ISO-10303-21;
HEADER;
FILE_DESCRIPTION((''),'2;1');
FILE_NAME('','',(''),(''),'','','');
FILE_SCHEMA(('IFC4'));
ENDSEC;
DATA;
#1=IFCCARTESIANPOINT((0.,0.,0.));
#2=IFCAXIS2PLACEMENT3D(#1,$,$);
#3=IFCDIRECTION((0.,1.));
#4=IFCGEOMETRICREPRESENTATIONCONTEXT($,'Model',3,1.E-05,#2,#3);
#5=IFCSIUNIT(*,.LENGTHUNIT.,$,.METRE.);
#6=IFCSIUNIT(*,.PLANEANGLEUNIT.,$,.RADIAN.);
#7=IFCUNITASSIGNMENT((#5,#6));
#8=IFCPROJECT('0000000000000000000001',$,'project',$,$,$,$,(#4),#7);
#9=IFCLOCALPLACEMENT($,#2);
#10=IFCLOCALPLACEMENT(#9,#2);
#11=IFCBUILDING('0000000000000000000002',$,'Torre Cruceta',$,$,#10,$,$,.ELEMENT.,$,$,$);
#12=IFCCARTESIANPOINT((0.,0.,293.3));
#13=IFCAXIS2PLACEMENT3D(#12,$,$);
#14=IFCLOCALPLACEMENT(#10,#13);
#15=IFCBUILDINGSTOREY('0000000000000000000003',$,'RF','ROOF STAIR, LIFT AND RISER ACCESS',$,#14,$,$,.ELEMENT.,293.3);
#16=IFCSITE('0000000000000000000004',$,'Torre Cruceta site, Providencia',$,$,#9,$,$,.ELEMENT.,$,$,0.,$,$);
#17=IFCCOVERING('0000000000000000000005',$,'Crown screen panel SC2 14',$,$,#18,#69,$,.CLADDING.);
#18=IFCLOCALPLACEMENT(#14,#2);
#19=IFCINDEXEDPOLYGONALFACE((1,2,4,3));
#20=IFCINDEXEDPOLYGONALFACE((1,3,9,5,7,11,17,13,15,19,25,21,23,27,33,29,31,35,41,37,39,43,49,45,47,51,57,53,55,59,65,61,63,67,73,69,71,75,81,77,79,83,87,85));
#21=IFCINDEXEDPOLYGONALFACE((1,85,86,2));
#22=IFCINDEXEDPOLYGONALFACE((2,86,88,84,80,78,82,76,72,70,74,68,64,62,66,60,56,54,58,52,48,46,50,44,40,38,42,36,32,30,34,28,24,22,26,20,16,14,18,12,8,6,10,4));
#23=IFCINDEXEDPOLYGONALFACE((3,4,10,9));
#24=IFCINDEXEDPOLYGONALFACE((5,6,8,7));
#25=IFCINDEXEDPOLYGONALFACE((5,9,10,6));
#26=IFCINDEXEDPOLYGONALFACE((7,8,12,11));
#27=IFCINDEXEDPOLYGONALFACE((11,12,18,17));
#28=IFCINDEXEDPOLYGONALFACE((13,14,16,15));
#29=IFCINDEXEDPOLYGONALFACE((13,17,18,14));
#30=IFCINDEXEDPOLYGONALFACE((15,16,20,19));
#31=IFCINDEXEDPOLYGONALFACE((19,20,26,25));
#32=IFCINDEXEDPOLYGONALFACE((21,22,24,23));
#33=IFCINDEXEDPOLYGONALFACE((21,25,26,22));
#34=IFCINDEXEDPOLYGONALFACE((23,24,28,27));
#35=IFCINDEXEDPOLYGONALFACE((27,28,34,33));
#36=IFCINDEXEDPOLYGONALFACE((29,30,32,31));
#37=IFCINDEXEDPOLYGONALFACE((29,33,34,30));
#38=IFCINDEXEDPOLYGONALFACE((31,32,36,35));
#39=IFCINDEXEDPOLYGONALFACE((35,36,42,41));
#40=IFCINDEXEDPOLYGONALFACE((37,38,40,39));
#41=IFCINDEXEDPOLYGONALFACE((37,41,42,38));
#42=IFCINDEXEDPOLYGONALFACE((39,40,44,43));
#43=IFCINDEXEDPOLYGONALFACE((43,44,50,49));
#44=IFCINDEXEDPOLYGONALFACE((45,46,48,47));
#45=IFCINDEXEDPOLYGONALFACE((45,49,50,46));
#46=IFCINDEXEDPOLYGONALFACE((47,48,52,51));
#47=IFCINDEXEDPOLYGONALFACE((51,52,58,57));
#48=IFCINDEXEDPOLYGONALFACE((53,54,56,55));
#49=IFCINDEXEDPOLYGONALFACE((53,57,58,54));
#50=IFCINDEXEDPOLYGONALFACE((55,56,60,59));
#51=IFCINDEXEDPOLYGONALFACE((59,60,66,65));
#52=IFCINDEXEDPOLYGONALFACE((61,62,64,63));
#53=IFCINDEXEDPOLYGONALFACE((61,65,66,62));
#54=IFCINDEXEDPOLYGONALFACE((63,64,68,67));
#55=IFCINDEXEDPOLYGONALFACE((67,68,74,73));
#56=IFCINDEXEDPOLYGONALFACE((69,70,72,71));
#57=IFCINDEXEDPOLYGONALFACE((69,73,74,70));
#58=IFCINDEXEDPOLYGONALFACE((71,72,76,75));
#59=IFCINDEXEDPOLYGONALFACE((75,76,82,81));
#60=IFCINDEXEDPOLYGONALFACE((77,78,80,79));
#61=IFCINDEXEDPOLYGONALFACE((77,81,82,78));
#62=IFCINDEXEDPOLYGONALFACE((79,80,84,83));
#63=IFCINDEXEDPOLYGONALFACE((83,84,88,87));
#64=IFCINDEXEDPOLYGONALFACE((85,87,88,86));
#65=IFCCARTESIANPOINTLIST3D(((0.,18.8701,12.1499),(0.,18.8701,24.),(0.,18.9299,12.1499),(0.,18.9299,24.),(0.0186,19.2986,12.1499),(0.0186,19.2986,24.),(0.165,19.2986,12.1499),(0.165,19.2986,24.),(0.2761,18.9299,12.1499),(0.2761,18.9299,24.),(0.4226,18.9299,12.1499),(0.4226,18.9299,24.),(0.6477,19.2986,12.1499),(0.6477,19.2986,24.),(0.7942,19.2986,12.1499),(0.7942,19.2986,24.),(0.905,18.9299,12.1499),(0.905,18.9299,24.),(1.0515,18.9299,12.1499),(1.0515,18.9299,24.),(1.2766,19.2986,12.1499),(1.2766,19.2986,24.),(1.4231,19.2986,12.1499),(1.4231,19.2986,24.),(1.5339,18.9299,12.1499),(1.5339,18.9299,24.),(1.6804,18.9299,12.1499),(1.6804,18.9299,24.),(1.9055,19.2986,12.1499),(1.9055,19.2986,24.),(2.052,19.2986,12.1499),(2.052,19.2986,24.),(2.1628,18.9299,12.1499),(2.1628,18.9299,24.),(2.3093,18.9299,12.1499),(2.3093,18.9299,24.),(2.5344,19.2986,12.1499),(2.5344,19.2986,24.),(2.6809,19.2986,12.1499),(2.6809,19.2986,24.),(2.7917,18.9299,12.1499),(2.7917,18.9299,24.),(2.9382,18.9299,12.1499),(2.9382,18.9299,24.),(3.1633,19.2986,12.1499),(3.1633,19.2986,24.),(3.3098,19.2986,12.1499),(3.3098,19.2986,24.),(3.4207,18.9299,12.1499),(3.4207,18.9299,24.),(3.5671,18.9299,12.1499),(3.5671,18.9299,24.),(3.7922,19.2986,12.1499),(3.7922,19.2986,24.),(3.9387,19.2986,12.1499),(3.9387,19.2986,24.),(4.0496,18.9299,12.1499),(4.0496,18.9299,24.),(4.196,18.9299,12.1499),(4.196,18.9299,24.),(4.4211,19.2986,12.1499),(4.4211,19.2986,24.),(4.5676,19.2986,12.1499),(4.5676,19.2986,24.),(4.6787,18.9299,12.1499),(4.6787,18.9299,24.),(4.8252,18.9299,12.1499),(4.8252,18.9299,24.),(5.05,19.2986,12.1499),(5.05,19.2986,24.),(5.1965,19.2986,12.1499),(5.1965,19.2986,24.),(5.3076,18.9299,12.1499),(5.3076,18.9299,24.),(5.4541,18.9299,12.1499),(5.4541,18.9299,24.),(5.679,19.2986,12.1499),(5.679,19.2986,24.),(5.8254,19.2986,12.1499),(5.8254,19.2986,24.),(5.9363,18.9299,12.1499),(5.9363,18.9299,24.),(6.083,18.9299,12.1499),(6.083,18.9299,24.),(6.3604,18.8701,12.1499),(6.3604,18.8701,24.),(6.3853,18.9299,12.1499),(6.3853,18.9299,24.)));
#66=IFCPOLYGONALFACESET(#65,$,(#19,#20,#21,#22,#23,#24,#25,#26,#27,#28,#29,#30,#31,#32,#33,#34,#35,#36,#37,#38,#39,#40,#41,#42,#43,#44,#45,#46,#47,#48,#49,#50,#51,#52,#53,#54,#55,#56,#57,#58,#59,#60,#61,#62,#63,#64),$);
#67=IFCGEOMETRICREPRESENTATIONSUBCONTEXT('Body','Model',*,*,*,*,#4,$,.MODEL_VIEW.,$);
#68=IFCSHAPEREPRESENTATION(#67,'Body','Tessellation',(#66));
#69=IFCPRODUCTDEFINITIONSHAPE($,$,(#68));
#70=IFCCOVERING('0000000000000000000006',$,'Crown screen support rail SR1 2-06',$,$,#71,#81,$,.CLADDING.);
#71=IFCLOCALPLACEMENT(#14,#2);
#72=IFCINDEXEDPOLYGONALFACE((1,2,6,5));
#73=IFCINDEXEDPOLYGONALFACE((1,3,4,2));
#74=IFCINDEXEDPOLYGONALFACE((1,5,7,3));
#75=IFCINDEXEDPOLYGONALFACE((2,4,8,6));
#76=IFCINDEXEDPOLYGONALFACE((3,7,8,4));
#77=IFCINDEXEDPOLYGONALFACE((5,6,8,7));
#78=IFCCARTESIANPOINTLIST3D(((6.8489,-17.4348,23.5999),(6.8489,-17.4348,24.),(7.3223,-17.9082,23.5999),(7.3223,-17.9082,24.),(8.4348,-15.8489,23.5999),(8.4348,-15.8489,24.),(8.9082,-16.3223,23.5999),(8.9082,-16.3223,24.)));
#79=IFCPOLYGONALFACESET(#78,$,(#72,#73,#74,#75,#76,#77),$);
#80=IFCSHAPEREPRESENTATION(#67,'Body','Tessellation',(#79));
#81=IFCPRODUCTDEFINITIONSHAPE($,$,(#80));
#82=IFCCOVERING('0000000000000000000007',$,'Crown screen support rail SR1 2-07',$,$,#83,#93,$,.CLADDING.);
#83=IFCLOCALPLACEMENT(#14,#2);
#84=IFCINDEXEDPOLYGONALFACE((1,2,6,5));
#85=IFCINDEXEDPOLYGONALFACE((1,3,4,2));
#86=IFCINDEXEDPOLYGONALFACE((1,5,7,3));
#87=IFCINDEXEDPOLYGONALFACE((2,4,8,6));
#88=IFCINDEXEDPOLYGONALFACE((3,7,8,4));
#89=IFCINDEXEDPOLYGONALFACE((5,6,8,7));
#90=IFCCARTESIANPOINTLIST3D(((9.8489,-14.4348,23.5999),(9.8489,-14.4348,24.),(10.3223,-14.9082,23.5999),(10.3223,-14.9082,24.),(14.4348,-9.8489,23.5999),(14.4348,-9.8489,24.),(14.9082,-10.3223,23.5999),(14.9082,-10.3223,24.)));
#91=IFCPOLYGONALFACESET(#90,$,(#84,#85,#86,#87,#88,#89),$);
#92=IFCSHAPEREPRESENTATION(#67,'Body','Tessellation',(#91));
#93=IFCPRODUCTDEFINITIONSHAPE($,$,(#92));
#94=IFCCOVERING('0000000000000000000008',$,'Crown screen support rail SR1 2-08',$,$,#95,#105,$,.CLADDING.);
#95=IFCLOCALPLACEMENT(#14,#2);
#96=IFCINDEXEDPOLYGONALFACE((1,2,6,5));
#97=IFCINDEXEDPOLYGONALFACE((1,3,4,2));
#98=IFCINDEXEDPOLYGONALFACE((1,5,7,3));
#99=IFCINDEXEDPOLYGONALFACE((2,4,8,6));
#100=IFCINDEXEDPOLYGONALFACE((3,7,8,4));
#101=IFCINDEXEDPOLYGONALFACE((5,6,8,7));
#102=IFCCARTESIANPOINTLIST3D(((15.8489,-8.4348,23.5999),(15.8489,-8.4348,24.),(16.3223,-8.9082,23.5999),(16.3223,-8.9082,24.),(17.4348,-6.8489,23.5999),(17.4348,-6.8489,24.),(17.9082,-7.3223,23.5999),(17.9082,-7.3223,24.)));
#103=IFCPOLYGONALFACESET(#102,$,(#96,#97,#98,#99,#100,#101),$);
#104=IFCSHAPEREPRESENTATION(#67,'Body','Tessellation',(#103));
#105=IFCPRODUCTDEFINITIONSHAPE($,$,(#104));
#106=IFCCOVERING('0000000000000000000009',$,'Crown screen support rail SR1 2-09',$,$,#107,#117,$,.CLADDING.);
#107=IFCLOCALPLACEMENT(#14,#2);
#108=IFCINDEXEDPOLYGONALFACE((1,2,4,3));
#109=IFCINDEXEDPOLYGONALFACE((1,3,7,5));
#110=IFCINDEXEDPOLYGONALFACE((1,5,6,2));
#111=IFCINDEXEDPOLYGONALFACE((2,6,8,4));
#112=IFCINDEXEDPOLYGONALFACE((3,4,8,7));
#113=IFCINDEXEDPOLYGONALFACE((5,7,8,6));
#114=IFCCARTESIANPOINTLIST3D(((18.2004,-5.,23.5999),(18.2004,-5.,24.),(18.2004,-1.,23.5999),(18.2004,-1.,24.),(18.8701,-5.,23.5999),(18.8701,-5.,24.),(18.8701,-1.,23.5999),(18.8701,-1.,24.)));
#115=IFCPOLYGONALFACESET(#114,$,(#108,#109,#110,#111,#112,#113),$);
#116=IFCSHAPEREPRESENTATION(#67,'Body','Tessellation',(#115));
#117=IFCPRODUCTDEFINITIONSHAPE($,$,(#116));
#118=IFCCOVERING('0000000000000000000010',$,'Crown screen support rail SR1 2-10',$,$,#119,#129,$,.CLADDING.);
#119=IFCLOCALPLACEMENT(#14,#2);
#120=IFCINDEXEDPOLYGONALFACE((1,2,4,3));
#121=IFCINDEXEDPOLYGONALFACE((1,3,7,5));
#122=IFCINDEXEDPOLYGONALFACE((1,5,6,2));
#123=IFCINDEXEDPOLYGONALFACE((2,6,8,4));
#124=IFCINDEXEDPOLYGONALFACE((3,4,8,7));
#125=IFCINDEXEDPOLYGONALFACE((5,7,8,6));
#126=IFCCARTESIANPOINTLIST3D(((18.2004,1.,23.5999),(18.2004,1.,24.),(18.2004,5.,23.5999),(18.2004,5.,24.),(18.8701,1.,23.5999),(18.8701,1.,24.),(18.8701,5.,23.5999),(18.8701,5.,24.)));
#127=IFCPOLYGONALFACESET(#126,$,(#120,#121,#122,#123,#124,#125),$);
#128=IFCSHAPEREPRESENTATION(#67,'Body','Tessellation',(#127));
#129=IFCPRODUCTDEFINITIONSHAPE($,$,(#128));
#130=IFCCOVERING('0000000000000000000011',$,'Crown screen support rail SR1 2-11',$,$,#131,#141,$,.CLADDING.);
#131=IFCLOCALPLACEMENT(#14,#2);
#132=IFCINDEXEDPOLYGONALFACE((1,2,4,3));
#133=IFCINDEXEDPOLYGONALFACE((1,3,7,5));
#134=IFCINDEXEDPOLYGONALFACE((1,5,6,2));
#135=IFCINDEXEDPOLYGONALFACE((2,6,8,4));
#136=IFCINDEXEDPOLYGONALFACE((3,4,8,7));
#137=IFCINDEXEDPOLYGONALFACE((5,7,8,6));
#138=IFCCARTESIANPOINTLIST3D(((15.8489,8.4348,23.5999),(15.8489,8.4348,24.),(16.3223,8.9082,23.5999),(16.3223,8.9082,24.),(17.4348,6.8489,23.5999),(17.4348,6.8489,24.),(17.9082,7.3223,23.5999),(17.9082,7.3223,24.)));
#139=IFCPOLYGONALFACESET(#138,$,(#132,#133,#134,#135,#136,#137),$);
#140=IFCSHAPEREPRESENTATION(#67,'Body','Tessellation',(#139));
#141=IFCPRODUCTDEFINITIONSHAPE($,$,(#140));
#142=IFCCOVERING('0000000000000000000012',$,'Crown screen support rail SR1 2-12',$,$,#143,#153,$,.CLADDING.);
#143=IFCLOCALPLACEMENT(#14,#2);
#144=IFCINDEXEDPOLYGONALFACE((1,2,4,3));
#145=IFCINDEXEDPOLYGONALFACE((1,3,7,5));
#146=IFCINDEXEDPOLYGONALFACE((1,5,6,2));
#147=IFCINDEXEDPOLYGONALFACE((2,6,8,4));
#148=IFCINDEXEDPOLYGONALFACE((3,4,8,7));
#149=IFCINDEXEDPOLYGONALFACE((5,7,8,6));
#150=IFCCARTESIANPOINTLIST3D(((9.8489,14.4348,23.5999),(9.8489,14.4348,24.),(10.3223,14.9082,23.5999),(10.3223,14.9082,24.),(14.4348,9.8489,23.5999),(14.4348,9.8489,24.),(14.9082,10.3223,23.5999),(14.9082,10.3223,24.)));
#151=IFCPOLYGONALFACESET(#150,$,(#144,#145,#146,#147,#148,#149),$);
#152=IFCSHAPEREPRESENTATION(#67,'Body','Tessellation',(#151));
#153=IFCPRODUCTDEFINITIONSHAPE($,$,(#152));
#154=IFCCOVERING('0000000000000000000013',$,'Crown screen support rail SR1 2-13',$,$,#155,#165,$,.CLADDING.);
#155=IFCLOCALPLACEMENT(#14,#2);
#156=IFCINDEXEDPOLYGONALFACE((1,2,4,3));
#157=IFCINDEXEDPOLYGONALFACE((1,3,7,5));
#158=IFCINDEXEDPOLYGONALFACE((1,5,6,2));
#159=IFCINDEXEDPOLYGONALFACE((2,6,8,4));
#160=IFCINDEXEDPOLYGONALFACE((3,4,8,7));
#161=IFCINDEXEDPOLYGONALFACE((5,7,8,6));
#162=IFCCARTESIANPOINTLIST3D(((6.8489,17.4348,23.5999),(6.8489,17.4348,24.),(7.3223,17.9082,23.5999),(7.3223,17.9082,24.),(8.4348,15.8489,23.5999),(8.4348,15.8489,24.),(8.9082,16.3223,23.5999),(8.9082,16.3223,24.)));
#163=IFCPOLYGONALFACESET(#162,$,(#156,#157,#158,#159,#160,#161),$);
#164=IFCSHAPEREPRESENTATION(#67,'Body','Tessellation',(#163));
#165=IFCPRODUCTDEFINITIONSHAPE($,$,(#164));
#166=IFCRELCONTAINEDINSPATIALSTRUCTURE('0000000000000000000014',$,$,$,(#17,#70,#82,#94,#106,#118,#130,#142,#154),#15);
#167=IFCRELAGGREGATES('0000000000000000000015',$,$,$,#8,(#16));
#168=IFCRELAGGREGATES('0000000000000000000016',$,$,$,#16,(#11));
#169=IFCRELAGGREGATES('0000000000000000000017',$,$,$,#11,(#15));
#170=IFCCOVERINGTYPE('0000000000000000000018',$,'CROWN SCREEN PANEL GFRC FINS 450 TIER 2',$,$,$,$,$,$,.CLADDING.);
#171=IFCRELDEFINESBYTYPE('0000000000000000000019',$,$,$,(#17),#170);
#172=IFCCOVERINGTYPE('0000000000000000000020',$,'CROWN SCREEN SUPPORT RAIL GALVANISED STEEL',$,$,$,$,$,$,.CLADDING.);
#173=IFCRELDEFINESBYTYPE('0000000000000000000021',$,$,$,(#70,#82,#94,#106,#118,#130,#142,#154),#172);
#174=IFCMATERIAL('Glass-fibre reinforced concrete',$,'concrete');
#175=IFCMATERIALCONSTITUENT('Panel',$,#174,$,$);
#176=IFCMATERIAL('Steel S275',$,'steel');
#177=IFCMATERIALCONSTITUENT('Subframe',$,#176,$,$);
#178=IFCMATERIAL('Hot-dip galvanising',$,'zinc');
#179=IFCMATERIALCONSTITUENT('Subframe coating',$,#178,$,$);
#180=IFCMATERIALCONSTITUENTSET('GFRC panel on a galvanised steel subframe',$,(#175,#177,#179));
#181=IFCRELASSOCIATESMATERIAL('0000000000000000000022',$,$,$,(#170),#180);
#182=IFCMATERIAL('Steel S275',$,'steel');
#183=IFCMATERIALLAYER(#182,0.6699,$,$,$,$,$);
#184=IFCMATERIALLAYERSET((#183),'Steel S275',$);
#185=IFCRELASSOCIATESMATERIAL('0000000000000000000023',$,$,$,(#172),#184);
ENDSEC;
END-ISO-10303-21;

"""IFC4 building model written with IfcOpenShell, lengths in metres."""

from ifc_helpers import new_model, si_unit, direction, frame, origin, place, context, subcontext, project, spatial, polyline, outline, extrude, material, layer, layer_set, constituent, constituent_set, type_object, element, save


model = new_model("IFC4")

# Units and contexts
model_context = context("Model", 3, precision=1e-05, world=origin(), true_north=direction((0.0, 1.0)))
body_context = subcontext(model_context, "Body", "Model", "MODEL_VIEW")
ifc_project = project(units=[si_unit("LENGTHUNIT", "METRE"), si_unit("PLANEANGLEUNIT", "RADIAN")], contexts=[model_context])

# Site, building, storey
site_placement = place(None, origin())
site = spatial("IfcSite", under=ifc_project, at=site_placement, Name="Torre Cruceta site, Providencia", CompositionType="ELEMENT", RefElevation=0.0)
building_placement = place(site_placement, origin())
building = spatial("IfcBuilding", under=site, at=building_placement, Name="Torre Cruceta", CompositionType="ELEMENT")
storey_placement = place(building_placement, frame((0.0, 0.0, 293.3)))
storey = spatial("IfcBuildingStorey", under=building, at=storey_placement, Name="RF", Description="ROOF STAIR, LIFT AND RISER ACCESS", CompositionType="ELEMENT", Elevation=293.3)

# Coverings
ifc_material_1 = material(Name="Glass-fibre reinforced concrete", Category="concrete")
ifc_constituent_1 = constituent(ifc_material_1, Name="Panel")
ifc_material_2 = material(Name="Steel S275", Category="steel")
ifc_constituent_2 = constituent(ifc_material_2, Name="Subframe")
ifc_material_3 = material(Name="Hot-dip galvanising", Category="zinc")
ifc_constituent_3 = constituent(ifc_material_3, Name="Subframe coating")
ifc_constituent_set_1 = constituent_set(constituents=[ifc_constituent_1, ifc_constituent_2, ifc_constituent_3], Name="GFRC panel on a galvanised steel subframe")
covering_type_1 = type_object("IfcCoveringType", Name="CROWN SCREEN PANEL GFRC FINS 450 TIER 2", PredefinedType="CLADDING", material=ifc_constituent_set_1)
covering_1_placement = place(storey_placement, frame((0.0, 0.0, 12.1499)))
element("IfcCovering", 1, at=covering_1_placement, inside=storey, type_object=covering_type_1, Name="Crown screen panel SC2 14", PredefinedType="CLADDING", context=body_context, shape_type="SweptSolid", body=[
    extrude(outline(polyline([(0.0, 18.9299), (0.0, 18.8701), (6.3604, 18.8701), (6.3853, 18.9299), (6.083, 18.9299), (5.8254, 19.2986), (5.679, 19.2986), (5.9363, 18.9299), (5.4541, 18.9299), (5.1965, 19.2986), (5.05, 19.2986), (5.3076, 18.9299), (4.8252, 18.9299), (4.5676, 19.2986), (4.4211, 19.2986), (4.6787, 18.9299), (4.196, 18.9299), (3.9387, 19.2986), (3.7922, 19.2986), (4.0496, 18.9299), (3.5671, 18.9299), (3.3098, 19.2986), (3.1633, 19.2986), (3.4207, 18.9299), (2.9382, 18.9299), (2.6809, 19.2986), (2.5344, 19.2986), (2.7917, 18.9299), (2.3093, 18.9299), (2.052, 19.2986), (1.9055, 19.2986), (2.1628, 18.9299), (1.6804, 18.9299), (1.4231, 19.2986), (1.2766, 19.2986), (1.5339, 18.9299), (1.0515, 18.9299), (0.7942, 19.2986), (0.6477, 19.2986), (0.905, 18.9299), (0.4226, 18.9299), (0.165, 19.2986), (0.0186, 19.2986), (0.2761, 18.9299), (0.0, 18.9299)])), origin(), (0.0, 0.0, 1.0), 11.8501),
])
ifc_material_4 = material(Name="Steel S275", Category="steel")
ifc_layer = layer(ifc_material_4, 0.6699)
ifc_layer_set = layer_set([ifc_layer], Name="Steel S275")
covering_type_2 = type_object("IfcCoveringType", Name="CROWN SCREEN SUPPORT RAIL GALVANISED STEEL", PredefinedType="CLADDING", material=ifc_layer_set)
covering_2_placement = place(storey_placement, frame((0.0, 0.0, 23.5999)))
element("IfcCovering", 2, at=covering_2_placement, inside=storey, type_object=covering_type_2, Name="Crown screen support rail SR1 2-06", PredefinedType="CLADDING", context=body_context, shape_type="SweptSolid", body=[
    extrude(outline(polyline([(7.3223, -17.9082), (8.9082, -16.3223), (8.4348, -15.8489), (6.8489, -17.4348), (7.3223, -17.9082)])), origin(), (0.0, 0.0, 1.0), 0.4001),
])
covering_3_placement = place(storey_placement, frame((0.0, 0.0, 23.5999)))
element("IfcCovering", 3, at=covering_3_placement, inside=storey, type_object=covering_type_2, Name="Crown screen support rail SR1 2-07", PredefinedType="CLADDING", context=body_context, shape_type="SweptSolid", body=[
    extrude(outline(polyline([(10.3223, -14.9082), (14.9082, -10.3223), (14.4348, -9.8489), (9.8489, -14.4348), (10.3223, -14.9082)])), origin(), (0.0, 0.0, 1.0), 0.4001),
])
covering_4_placement = place(storey_placement, frame((0.0, 0.0, 23.5999)))
element("IfcCovering", 4, at=covering_4_placement, inside=storey, type_object=covering_type_2, Name="Crown screen support rail SR1 2-08", PredefinedType="CLADDING", context=body_context, shape_type="SweptSolid", body=[
    extrude(outline(polyline([(16.3223, -8.9082), (17.9082, -7.3223), (17.4348, -6.8489), (15.8489, -8.4348), (16.3223, -8.9082)])), origin(), (0.0, 0.0, 1.0), 0.4001),
])
covering_5_placement = place(storey_placement, frame((0.0, 0.0, 23.5999)))
element("IfcCovering", 5, at=covering_5_placement, inside=storey, type_object=covering_type_2, Name="Crown screen support rail SR1 2-09", PredefinedType="CLADDING", context=body_context, shape_type="SweptSolid", body=[
    extrude(outline(polyline([(18.8701, -5.0), (18.8701, -1.0), (18.2004, -1.0), (18.2004, -5.0), (18.8701, -5.0)])), origin(), (0.0, 0.0, 1.0), 0.4001),
])
covering_6_placement = place(storey_placement, frame((0.0, 0.0, 23.5999)))
element("IfcCovering", 6, at=covering_6_placement, inside=storey, type_object=covering_type_2, Name="Crown screen support rail SR1 2-10", PredefinedType="CLADDING", context=body_context, shape_type="SweptSolid", body=[
    extrude(outline(polyline([(18.8701, 1.0), (18.8701, 5.0), (18.2004, 5.0), (18.2004, 1.0), (18.8701, 1.0)])), origin(), (0.0, 0.0, 1.0), 0.4001),
])
covering_7_placement = place(storey_placement, frame((0.0, 0.0, 23.5999)))
element("IfcCovering", 7, at=covering_7_placement, inside=storey, type_object=covering_type_2, Name="Crown screen support rail SR1 2-11", PredefinedType="CLADDING", context=body_context, shape_type="SweptSolid", body=[
    extrude(outline(polyline([(17.9082, 7.3223), (16.3223, 8.9082), (15.8489, 8.4348), (17.4348, 6.8489), (17.9082, 7.3223)])), origin(), (0.0, 0.0, 1.0), 0.4001),
])
covering_8_placement = place(storey_placement, frame((0.0, 0.0, 23.5999)))
element("IfcCovering", 8, at=covering_8_placement, inside=storey, type_object=covering_type_2, Name="Crown screen support rail SR1 2-12", PredefinedType="CLADDING", context=body_context, shape_type="SweptSolid", body=[
    extrude(outline(polyline([(14.9082, 10.3223), (10.3223, 14.9082), (9.8489, 14.4348), (14.4348, 9.8489), (14.9082, 10.3223)])), origin(), (0.0, 0.0, 1.0), 0.4001),
])
covering_9_placement = place(storey_placement, frame((0.0, 0.0, 23.5999)))
element("IfcCovering", 9, at=covering_9_placement, inside=storey, type_object=covering_type_2, Name="Crown screen support rail SR1 2-13", PredefinedType="CLADDING", context=body_context, shape_type="SweptSolid", body=[
    extrude(outline(polyline([(8.9082, 16.3223), (7.3223, 17.9082), (6.8489, 17.4348), (8.4348, 15.8489), (8.9082, 16.3223)])), origin(), (0.0, 0.0, 1.0), 0.4001),
])

save(model, "model.ifc")
